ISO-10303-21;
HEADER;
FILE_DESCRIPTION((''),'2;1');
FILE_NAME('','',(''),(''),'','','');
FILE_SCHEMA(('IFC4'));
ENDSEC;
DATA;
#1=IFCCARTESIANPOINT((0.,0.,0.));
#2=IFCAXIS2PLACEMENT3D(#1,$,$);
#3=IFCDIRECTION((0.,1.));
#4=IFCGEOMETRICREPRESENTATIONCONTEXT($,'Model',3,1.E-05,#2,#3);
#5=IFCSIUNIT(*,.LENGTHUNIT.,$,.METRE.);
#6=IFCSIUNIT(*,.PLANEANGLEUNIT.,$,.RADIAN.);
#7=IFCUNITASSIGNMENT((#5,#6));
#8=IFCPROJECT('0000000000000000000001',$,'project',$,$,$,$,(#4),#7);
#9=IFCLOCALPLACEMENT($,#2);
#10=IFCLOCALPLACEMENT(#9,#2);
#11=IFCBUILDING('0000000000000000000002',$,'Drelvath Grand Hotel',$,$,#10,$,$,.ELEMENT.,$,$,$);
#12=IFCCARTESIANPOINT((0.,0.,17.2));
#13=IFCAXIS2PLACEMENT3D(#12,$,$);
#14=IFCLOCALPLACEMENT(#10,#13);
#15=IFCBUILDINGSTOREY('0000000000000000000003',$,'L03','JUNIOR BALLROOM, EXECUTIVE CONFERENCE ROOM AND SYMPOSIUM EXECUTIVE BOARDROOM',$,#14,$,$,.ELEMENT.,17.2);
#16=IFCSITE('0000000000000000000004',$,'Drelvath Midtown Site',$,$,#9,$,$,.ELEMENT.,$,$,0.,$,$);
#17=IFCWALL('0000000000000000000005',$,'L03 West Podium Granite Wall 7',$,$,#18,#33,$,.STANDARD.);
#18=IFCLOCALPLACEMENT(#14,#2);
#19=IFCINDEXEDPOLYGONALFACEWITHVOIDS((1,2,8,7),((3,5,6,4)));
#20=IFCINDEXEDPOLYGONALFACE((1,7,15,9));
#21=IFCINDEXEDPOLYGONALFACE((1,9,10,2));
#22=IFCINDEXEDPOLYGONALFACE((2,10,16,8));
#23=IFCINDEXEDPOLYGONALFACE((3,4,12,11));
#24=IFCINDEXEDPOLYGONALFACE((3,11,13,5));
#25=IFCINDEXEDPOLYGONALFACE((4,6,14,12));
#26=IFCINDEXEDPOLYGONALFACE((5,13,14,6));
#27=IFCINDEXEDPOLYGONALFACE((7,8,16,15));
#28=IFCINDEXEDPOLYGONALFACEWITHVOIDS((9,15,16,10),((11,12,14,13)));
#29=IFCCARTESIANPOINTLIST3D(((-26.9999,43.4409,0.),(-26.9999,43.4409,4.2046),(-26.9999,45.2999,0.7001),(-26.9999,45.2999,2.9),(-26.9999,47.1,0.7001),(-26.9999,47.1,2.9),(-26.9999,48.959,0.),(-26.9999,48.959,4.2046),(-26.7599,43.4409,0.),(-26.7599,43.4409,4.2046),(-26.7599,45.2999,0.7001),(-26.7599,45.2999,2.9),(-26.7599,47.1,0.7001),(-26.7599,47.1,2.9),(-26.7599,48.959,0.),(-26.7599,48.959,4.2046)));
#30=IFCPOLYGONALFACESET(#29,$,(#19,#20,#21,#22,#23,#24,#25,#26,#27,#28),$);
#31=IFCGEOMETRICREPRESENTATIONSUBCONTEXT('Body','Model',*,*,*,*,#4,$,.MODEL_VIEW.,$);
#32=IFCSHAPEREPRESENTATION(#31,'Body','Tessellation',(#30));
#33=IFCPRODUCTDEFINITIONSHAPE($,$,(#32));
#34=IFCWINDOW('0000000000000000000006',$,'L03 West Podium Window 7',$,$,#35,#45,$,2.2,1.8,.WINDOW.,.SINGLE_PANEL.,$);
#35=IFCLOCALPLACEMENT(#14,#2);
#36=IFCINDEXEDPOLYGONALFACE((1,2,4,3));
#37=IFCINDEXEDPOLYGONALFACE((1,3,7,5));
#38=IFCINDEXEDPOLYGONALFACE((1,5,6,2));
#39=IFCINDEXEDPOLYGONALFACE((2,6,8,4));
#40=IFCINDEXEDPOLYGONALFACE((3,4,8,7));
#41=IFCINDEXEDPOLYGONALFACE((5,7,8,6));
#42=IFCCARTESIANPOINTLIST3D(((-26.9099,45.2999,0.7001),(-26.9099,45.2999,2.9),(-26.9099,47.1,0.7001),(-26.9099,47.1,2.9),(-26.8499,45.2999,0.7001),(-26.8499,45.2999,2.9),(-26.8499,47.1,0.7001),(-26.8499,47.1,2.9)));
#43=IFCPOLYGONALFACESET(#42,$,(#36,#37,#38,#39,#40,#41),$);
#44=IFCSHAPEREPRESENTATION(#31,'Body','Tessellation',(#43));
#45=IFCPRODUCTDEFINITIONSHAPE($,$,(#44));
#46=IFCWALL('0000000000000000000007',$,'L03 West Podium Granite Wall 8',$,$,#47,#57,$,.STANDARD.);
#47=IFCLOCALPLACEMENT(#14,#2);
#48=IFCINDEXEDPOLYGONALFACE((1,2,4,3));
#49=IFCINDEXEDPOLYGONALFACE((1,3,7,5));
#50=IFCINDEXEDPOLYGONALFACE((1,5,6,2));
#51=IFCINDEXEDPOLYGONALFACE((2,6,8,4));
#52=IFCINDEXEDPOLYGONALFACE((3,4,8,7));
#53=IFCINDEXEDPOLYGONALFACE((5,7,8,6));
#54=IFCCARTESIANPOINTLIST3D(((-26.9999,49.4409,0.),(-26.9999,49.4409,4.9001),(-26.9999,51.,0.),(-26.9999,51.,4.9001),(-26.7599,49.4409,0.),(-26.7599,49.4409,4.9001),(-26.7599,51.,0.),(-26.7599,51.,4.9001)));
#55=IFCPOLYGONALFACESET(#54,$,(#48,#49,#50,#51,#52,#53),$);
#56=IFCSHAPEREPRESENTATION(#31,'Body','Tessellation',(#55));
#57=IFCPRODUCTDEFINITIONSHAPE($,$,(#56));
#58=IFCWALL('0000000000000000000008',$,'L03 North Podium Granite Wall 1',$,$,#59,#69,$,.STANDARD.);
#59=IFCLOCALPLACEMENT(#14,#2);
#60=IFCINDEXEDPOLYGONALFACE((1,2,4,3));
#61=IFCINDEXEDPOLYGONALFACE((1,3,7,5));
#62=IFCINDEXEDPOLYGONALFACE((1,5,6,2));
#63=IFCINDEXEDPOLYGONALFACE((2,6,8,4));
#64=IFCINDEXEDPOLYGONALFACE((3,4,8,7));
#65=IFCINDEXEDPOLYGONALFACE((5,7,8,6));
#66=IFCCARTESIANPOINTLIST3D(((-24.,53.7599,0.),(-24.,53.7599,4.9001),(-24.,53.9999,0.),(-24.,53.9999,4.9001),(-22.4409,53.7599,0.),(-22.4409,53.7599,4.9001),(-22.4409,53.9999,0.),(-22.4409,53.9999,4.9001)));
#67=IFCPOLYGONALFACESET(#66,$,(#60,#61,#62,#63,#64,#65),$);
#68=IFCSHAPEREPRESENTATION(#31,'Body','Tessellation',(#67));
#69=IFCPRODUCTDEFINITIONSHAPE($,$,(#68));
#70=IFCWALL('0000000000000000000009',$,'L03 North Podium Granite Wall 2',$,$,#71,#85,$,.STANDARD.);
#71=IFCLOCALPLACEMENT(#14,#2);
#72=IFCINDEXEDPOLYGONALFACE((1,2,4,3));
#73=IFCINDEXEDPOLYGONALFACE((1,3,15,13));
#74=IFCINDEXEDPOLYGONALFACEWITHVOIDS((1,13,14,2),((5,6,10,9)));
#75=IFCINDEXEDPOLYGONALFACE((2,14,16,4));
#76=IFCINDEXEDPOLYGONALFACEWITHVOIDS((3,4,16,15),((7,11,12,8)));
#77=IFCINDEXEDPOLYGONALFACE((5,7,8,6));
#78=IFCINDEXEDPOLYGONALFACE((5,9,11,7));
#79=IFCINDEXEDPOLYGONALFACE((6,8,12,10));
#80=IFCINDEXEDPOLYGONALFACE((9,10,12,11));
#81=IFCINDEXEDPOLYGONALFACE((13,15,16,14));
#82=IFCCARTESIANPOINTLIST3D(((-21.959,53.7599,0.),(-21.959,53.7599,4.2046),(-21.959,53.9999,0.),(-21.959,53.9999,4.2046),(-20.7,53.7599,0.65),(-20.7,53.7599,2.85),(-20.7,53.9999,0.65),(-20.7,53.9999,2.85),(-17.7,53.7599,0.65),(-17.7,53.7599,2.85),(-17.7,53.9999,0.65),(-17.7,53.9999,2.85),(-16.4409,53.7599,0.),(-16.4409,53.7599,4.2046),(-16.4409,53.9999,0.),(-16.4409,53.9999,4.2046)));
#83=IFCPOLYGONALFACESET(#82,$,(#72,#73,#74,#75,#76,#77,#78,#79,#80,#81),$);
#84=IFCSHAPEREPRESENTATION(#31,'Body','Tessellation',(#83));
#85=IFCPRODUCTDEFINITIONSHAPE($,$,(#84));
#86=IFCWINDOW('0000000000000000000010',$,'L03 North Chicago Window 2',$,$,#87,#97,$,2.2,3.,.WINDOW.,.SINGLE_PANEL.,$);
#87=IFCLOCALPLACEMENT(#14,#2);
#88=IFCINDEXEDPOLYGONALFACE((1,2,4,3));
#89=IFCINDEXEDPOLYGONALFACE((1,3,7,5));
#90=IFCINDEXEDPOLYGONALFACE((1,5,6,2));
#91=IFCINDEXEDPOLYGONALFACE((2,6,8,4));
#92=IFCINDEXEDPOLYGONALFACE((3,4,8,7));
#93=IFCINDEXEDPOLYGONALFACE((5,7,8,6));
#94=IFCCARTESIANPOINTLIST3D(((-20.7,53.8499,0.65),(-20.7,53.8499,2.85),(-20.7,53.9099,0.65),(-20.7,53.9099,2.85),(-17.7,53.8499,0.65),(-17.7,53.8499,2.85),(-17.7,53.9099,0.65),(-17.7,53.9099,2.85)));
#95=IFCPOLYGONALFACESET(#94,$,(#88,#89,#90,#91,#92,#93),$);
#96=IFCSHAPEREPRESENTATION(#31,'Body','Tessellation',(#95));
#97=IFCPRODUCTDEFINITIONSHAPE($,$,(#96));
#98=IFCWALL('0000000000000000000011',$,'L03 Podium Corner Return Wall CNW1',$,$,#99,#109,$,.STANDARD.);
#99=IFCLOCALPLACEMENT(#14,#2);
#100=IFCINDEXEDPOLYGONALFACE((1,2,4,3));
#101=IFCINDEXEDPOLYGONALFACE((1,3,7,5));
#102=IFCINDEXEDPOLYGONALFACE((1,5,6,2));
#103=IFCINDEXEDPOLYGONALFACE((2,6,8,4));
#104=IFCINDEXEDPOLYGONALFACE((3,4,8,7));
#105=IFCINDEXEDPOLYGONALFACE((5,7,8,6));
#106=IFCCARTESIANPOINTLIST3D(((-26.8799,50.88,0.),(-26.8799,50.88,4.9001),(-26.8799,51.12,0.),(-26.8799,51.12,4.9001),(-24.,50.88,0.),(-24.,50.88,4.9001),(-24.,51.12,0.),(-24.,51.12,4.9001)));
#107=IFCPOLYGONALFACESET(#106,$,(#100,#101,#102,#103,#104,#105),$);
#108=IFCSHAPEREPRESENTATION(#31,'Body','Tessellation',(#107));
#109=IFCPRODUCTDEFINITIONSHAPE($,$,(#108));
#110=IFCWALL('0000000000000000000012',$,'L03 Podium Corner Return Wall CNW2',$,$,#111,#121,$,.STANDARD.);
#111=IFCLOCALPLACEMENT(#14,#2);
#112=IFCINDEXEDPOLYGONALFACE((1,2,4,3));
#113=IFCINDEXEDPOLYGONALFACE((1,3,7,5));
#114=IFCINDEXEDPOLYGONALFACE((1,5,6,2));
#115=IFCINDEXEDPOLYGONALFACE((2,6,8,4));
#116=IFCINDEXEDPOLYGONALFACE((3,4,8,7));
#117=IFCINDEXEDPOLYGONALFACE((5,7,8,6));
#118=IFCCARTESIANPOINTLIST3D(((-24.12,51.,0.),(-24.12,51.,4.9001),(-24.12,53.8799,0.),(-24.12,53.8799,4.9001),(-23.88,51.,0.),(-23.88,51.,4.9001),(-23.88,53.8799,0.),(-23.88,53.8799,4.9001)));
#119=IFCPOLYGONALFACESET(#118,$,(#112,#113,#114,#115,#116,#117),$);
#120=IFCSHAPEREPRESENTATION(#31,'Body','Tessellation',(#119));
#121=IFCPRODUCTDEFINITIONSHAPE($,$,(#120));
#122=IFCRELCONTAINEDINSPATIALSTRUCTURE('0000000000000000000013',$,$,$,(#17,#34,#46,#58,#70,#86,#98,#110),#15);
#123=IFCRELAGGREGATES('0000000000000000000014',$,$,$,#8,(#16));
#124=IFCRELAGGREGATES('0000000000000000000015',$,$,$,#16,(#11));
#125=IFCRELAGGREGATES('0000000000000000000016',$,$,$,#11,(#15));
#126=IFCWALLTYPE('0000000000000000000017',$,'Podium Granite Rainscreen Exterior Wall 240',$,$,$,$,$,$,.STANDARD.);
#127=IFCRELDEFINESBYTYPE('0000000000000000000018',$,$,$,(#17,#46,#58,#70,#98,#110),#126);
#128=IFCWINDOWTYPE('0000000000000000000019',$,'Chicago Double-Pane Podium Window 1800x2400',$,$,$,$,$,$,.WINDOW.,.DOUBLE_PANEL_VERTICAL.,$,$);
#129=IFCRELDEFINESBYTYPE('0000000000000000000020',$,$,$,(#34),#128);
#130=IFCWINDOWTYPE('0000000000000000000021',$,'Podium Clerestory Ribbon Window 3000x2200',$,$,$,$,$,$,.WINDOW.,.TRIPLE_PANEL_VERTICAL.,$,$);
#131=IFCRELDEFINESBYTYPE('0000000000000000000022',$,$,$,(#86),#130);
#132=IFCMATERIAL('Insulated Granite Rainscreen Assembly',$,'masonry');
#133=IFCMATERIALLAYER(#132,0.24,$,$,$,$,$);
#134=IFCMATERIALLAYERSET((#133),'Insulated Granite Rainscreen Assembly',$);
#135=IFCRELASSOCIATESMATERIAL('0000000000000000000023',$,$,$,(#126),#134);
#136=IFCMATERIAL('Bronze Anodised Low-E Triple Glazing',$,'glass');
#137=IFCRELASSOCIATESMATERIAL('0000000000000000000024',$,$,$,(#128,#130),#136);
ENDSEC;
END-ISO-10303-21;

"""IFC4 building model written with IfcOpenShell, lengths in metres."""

from ifc_helpers import new_model, si_unit, direction, frame, frame_2d, origin, place, context, subcontext, project, spatial, rectangle, extrude, material, layer, layer_set, type_object, element, fill, save


model = new_model("IFC4")

# Units and contexts
model_context = context("Model", 3, precision=1e-05, world=origin(), true_north=direction((0.0, 1.0)))
body_context = subcontext(model_context, "Body", "Model", "MODEL_VIEW")
ifc_project = project(units=[si_unit("LENGTHUNIT", "METRE"), si_unit("PLANEANGLEUNIT", "RADIAN")], contexts=[model_context])

# Site, building, storey
site_placement = place(None, origin())
site = spatial("IfcSite", under=ifc_project, at=site_placement, Name="Drelvath Midtown Site", CompositionType="ELEMENT", RefElevation=0.0)
building_placement = place(site_placement, origin())
building = spatial("IfcBuilding", under=site, at=building_placement, Name="Drelvath Grand Hotel", CompositionType="ELEMENT")
storey_placement = place(building_placement, frame((0.0, 0.0, 17.2)))
storey = spatial("IfcBuildingStorey", under=building, at=storey_placement, Name="L03", Description="JUNIOR BALLROOM, EXECUTIVE CONFERENCE ROOM AND SYMPOSIUM EXECUTIVE BOARDROOM", CompositionType="ELEMENT", Elevation=17.2)

# Shared definitions
ifc_material_1 = material(Name="Insulated Granite Rainscreen Assembly", Category="masonry")
ifc_layer_1 = layer(ifc_material_1, 0.24)
ifc_layer_set_1 = layer_set([ifc_layer_1], Name="Insulated Granite Rainscreen Assembly")
wall_type_1 = type_object("IfcWallType", Name="Podium Granite Rainscreen Exterior Wall 240", PredefinedType="STANDARD", material=ifc_layer_set_1)
ifc_material_2 = material(Name="Bronze Anodised Low-E Triple Glazing", Category="glass")

# Wall, opening, window
wall_1_placement = place(storey_placement, frame((-26.8799, 43.4409, 0.0), z_axis=(0.0, 0.0, 1.0), x_axis=(0.0, 1.0, 0.0)))
wall_1 = element("IfcWall", 1, at=wall_1_placement, inside=storey, type_object=wall_type_1, Name="L03 West Podium Granite Wall 7", PredefinedType="STANDARD", context=body_context, shape_type="SweptSolid", body=[
    extrude(rectangle(XDim=5.5181, YDim=0.24, at=frame_2d((2.759, 0.0))), origin(), (0.0, 0.0, 1.0), 4.2046),
])
opening_1_placement = place(wall_1_placement, frame((1.8591, 0.0, 0.7)))
opening_1 = element("IfcOpeningElement", 2, at=opening_1_placement, cuts=wall_1, PredefinedType="OPENING", context=body_context, shape_type="SweptSolid", body=[
    extrude(rectangle(XDim=1.8, YDim=2.2, at=frame_2d((0.8999, 1.1001))), frame((0.0, 0.1299, 0.0), z_axis=(0.0, -1.0, 0.0), x_axis=(1.0, 0.0, 0.0)), (0.0, 0.0, 1.0), 0.26),
])
window_type_1 = type_object("IfcWindowType", Name="Chicago Double-Pane Podium Window 1800x2400", PartitioningType="DOUBLE_PANEL_VERTICAL", PredefinedType="WINDOW", material=ifc_material_2)
window_1_placement = place(opening_1_placement, origin())
window_1 = element("IfcWindow", 3, at=window_1_placement, inside=storey, type_object=window_type_1, Name="L03 West Podium Window 7", OverallHeight=2.2, OverallWidth=1.8, PartitioningType="SINGLE_PANEL", PredefinedType="WINDOW", context=body_context, shape_type="SweptSolid", body=[
    extrude(rectangle(XDim=1.8, YDim=2.2, at=frame_2d((0.8999, 1.1001))), frame((0.0, 0.03, 0.0), z_axis=(0.0, -1.0, 0.0), x_axis=(1.0, 0.0, 0.0)), (0.0, 0.0, 1.0), 0.0601),
])
fill(opening_1, window_1)

# Walls
for number, where, z_axis, x_axis, name in (
    (4, (-26.8799, 49.4409, 0.0), (0.0, 0.0, 1.0), (0.0, 1.0, 0.0), "L03 West Podium Granite Wall 8"),
    (5, (-24.0, 53.8799, 0.0), (0.0, 0.0, 1.0), (1.0, 0.0, 0.0), "L03 North Podium Granite Wall 1"),
):
    element("IfcWall", number, at=place(storey_placement, frame(where, z_axis=z_axis, x_axis=x_axis)), inside=storey, type_object=wall_type_1, Name=name, PredefinedType="STANDARD", context=body_context, shape_type="SweptSolid", body=[
        extrude(rectangle(XDim=1.5591, YDim=0.24, at=frame_2d((0.7795, 0.0))), origin(), (0.0, 0.0, 1.0), 4.9001),
    ])

# Wall, opening, window
wall_2_placement = place(storey_placement, frame((-21.959, 53.8799, 0.0), z_axis=(0.0, 0.0, 1.0), x_axis=(1.0, 0.0, 0.0)))
wall_2 = element("IfcWall", 6, at=wall_2_placement, inside=storey, type_object=wall_type_1, Name="L03 North Podium Granite Wall 2", PredefinedType="STANDARD", context=body_context, shape_type="SweptSolid", body=[
    extrude(rectangle(XDim=5.5181, YDim=0.24, at=frame_2d((2.759, 0.0))), origin(), (0.0, 0.0, 1.0), 4.2046),
])
opening_2_placement = place(wall_2_placement, frame((1.259, 0.0, 0.6499)))
opening_2 = element("IfcOpeningElement", 7, at=opening_2_placement, cuts=wall_2, PredefinedType="OPENING", context=body_context, shape_type="SweptSolid", body=[
    extrude(rectangle(XDim=3.0, YDim=2.2, at=frame_2d((1.5, 1.1001))), frame((0.0, 0.1299, 0.0), z_axis=(0.0, -1.0, 0.0), x_axis=(1.0, 0.0, 0.0)), (0.0, 0.0, 1.0), 0.26),
])
window_type_2 = type_object("IfcWindowType", Name="Podium Clerestory Ribbon Window 3000x2200", PartitioningType="TRIPLE_PANEL_VERTICAL", PredefinedType="WINDOW", material=ifc_material_2)
window_2_placement = place(opening_2_placement, origin())
window_2 = element("IfcWindow", 8, at=window_2_placement, inside=storey, type_object=window_type_2, Name="L03 North Chicago Window 2", OverallHeight=2.2, OverallWidth=3.0, PartitioningType="SINGLE_PANEL", PredefinedType="WINDOW", context=body_context, shape_type="SweptSolid", body=[
    extrude(rectangle(XDim=3.0, YDim=2.2, at=frame_2d((1.5, 1.1001))), frame((0.0, 0.03, 0.0), z_axis=(0.0, -1.0, 0.0), x_axis=(1.0, 0.0, 0.0)), (0.0, 0.0, 1.0), 0.0601),
])
fill(opening_2, window_2)

# Walls
for number, where, z_axis, x_axis, name in (
    (9, (-26.8799, 51.0, 0.0), (0.0, 0.0, 1.0), (1.0, 0.0, 0.0), "L03 Podium Corner Return Wall CNW1"),
    (10, (-24.0, 51.0, 0.0), (0.0, 0.0, 1.0), (0.0, 1.0, 0.0), "L03 Podium Corner Return Wall CNW2"),
):
    element("IfcWall", number, at=place(storey_placement, frame(where, z_axis=z_axis, x_axis=x_axis)), inside=storey, type_object=wall_type_1, Name=name, PredefinedType="STANDARD", context=body_context, shape_type="SweptSolid", body=[
        extrude(rectangle(XDim=2.8799, YDim=0.24, at=frame_2d((1.4399, 0.0))), origin(), (0.0, 0.0, 1.0), 4.9001),
    ])

save(model, "model.ifc")
